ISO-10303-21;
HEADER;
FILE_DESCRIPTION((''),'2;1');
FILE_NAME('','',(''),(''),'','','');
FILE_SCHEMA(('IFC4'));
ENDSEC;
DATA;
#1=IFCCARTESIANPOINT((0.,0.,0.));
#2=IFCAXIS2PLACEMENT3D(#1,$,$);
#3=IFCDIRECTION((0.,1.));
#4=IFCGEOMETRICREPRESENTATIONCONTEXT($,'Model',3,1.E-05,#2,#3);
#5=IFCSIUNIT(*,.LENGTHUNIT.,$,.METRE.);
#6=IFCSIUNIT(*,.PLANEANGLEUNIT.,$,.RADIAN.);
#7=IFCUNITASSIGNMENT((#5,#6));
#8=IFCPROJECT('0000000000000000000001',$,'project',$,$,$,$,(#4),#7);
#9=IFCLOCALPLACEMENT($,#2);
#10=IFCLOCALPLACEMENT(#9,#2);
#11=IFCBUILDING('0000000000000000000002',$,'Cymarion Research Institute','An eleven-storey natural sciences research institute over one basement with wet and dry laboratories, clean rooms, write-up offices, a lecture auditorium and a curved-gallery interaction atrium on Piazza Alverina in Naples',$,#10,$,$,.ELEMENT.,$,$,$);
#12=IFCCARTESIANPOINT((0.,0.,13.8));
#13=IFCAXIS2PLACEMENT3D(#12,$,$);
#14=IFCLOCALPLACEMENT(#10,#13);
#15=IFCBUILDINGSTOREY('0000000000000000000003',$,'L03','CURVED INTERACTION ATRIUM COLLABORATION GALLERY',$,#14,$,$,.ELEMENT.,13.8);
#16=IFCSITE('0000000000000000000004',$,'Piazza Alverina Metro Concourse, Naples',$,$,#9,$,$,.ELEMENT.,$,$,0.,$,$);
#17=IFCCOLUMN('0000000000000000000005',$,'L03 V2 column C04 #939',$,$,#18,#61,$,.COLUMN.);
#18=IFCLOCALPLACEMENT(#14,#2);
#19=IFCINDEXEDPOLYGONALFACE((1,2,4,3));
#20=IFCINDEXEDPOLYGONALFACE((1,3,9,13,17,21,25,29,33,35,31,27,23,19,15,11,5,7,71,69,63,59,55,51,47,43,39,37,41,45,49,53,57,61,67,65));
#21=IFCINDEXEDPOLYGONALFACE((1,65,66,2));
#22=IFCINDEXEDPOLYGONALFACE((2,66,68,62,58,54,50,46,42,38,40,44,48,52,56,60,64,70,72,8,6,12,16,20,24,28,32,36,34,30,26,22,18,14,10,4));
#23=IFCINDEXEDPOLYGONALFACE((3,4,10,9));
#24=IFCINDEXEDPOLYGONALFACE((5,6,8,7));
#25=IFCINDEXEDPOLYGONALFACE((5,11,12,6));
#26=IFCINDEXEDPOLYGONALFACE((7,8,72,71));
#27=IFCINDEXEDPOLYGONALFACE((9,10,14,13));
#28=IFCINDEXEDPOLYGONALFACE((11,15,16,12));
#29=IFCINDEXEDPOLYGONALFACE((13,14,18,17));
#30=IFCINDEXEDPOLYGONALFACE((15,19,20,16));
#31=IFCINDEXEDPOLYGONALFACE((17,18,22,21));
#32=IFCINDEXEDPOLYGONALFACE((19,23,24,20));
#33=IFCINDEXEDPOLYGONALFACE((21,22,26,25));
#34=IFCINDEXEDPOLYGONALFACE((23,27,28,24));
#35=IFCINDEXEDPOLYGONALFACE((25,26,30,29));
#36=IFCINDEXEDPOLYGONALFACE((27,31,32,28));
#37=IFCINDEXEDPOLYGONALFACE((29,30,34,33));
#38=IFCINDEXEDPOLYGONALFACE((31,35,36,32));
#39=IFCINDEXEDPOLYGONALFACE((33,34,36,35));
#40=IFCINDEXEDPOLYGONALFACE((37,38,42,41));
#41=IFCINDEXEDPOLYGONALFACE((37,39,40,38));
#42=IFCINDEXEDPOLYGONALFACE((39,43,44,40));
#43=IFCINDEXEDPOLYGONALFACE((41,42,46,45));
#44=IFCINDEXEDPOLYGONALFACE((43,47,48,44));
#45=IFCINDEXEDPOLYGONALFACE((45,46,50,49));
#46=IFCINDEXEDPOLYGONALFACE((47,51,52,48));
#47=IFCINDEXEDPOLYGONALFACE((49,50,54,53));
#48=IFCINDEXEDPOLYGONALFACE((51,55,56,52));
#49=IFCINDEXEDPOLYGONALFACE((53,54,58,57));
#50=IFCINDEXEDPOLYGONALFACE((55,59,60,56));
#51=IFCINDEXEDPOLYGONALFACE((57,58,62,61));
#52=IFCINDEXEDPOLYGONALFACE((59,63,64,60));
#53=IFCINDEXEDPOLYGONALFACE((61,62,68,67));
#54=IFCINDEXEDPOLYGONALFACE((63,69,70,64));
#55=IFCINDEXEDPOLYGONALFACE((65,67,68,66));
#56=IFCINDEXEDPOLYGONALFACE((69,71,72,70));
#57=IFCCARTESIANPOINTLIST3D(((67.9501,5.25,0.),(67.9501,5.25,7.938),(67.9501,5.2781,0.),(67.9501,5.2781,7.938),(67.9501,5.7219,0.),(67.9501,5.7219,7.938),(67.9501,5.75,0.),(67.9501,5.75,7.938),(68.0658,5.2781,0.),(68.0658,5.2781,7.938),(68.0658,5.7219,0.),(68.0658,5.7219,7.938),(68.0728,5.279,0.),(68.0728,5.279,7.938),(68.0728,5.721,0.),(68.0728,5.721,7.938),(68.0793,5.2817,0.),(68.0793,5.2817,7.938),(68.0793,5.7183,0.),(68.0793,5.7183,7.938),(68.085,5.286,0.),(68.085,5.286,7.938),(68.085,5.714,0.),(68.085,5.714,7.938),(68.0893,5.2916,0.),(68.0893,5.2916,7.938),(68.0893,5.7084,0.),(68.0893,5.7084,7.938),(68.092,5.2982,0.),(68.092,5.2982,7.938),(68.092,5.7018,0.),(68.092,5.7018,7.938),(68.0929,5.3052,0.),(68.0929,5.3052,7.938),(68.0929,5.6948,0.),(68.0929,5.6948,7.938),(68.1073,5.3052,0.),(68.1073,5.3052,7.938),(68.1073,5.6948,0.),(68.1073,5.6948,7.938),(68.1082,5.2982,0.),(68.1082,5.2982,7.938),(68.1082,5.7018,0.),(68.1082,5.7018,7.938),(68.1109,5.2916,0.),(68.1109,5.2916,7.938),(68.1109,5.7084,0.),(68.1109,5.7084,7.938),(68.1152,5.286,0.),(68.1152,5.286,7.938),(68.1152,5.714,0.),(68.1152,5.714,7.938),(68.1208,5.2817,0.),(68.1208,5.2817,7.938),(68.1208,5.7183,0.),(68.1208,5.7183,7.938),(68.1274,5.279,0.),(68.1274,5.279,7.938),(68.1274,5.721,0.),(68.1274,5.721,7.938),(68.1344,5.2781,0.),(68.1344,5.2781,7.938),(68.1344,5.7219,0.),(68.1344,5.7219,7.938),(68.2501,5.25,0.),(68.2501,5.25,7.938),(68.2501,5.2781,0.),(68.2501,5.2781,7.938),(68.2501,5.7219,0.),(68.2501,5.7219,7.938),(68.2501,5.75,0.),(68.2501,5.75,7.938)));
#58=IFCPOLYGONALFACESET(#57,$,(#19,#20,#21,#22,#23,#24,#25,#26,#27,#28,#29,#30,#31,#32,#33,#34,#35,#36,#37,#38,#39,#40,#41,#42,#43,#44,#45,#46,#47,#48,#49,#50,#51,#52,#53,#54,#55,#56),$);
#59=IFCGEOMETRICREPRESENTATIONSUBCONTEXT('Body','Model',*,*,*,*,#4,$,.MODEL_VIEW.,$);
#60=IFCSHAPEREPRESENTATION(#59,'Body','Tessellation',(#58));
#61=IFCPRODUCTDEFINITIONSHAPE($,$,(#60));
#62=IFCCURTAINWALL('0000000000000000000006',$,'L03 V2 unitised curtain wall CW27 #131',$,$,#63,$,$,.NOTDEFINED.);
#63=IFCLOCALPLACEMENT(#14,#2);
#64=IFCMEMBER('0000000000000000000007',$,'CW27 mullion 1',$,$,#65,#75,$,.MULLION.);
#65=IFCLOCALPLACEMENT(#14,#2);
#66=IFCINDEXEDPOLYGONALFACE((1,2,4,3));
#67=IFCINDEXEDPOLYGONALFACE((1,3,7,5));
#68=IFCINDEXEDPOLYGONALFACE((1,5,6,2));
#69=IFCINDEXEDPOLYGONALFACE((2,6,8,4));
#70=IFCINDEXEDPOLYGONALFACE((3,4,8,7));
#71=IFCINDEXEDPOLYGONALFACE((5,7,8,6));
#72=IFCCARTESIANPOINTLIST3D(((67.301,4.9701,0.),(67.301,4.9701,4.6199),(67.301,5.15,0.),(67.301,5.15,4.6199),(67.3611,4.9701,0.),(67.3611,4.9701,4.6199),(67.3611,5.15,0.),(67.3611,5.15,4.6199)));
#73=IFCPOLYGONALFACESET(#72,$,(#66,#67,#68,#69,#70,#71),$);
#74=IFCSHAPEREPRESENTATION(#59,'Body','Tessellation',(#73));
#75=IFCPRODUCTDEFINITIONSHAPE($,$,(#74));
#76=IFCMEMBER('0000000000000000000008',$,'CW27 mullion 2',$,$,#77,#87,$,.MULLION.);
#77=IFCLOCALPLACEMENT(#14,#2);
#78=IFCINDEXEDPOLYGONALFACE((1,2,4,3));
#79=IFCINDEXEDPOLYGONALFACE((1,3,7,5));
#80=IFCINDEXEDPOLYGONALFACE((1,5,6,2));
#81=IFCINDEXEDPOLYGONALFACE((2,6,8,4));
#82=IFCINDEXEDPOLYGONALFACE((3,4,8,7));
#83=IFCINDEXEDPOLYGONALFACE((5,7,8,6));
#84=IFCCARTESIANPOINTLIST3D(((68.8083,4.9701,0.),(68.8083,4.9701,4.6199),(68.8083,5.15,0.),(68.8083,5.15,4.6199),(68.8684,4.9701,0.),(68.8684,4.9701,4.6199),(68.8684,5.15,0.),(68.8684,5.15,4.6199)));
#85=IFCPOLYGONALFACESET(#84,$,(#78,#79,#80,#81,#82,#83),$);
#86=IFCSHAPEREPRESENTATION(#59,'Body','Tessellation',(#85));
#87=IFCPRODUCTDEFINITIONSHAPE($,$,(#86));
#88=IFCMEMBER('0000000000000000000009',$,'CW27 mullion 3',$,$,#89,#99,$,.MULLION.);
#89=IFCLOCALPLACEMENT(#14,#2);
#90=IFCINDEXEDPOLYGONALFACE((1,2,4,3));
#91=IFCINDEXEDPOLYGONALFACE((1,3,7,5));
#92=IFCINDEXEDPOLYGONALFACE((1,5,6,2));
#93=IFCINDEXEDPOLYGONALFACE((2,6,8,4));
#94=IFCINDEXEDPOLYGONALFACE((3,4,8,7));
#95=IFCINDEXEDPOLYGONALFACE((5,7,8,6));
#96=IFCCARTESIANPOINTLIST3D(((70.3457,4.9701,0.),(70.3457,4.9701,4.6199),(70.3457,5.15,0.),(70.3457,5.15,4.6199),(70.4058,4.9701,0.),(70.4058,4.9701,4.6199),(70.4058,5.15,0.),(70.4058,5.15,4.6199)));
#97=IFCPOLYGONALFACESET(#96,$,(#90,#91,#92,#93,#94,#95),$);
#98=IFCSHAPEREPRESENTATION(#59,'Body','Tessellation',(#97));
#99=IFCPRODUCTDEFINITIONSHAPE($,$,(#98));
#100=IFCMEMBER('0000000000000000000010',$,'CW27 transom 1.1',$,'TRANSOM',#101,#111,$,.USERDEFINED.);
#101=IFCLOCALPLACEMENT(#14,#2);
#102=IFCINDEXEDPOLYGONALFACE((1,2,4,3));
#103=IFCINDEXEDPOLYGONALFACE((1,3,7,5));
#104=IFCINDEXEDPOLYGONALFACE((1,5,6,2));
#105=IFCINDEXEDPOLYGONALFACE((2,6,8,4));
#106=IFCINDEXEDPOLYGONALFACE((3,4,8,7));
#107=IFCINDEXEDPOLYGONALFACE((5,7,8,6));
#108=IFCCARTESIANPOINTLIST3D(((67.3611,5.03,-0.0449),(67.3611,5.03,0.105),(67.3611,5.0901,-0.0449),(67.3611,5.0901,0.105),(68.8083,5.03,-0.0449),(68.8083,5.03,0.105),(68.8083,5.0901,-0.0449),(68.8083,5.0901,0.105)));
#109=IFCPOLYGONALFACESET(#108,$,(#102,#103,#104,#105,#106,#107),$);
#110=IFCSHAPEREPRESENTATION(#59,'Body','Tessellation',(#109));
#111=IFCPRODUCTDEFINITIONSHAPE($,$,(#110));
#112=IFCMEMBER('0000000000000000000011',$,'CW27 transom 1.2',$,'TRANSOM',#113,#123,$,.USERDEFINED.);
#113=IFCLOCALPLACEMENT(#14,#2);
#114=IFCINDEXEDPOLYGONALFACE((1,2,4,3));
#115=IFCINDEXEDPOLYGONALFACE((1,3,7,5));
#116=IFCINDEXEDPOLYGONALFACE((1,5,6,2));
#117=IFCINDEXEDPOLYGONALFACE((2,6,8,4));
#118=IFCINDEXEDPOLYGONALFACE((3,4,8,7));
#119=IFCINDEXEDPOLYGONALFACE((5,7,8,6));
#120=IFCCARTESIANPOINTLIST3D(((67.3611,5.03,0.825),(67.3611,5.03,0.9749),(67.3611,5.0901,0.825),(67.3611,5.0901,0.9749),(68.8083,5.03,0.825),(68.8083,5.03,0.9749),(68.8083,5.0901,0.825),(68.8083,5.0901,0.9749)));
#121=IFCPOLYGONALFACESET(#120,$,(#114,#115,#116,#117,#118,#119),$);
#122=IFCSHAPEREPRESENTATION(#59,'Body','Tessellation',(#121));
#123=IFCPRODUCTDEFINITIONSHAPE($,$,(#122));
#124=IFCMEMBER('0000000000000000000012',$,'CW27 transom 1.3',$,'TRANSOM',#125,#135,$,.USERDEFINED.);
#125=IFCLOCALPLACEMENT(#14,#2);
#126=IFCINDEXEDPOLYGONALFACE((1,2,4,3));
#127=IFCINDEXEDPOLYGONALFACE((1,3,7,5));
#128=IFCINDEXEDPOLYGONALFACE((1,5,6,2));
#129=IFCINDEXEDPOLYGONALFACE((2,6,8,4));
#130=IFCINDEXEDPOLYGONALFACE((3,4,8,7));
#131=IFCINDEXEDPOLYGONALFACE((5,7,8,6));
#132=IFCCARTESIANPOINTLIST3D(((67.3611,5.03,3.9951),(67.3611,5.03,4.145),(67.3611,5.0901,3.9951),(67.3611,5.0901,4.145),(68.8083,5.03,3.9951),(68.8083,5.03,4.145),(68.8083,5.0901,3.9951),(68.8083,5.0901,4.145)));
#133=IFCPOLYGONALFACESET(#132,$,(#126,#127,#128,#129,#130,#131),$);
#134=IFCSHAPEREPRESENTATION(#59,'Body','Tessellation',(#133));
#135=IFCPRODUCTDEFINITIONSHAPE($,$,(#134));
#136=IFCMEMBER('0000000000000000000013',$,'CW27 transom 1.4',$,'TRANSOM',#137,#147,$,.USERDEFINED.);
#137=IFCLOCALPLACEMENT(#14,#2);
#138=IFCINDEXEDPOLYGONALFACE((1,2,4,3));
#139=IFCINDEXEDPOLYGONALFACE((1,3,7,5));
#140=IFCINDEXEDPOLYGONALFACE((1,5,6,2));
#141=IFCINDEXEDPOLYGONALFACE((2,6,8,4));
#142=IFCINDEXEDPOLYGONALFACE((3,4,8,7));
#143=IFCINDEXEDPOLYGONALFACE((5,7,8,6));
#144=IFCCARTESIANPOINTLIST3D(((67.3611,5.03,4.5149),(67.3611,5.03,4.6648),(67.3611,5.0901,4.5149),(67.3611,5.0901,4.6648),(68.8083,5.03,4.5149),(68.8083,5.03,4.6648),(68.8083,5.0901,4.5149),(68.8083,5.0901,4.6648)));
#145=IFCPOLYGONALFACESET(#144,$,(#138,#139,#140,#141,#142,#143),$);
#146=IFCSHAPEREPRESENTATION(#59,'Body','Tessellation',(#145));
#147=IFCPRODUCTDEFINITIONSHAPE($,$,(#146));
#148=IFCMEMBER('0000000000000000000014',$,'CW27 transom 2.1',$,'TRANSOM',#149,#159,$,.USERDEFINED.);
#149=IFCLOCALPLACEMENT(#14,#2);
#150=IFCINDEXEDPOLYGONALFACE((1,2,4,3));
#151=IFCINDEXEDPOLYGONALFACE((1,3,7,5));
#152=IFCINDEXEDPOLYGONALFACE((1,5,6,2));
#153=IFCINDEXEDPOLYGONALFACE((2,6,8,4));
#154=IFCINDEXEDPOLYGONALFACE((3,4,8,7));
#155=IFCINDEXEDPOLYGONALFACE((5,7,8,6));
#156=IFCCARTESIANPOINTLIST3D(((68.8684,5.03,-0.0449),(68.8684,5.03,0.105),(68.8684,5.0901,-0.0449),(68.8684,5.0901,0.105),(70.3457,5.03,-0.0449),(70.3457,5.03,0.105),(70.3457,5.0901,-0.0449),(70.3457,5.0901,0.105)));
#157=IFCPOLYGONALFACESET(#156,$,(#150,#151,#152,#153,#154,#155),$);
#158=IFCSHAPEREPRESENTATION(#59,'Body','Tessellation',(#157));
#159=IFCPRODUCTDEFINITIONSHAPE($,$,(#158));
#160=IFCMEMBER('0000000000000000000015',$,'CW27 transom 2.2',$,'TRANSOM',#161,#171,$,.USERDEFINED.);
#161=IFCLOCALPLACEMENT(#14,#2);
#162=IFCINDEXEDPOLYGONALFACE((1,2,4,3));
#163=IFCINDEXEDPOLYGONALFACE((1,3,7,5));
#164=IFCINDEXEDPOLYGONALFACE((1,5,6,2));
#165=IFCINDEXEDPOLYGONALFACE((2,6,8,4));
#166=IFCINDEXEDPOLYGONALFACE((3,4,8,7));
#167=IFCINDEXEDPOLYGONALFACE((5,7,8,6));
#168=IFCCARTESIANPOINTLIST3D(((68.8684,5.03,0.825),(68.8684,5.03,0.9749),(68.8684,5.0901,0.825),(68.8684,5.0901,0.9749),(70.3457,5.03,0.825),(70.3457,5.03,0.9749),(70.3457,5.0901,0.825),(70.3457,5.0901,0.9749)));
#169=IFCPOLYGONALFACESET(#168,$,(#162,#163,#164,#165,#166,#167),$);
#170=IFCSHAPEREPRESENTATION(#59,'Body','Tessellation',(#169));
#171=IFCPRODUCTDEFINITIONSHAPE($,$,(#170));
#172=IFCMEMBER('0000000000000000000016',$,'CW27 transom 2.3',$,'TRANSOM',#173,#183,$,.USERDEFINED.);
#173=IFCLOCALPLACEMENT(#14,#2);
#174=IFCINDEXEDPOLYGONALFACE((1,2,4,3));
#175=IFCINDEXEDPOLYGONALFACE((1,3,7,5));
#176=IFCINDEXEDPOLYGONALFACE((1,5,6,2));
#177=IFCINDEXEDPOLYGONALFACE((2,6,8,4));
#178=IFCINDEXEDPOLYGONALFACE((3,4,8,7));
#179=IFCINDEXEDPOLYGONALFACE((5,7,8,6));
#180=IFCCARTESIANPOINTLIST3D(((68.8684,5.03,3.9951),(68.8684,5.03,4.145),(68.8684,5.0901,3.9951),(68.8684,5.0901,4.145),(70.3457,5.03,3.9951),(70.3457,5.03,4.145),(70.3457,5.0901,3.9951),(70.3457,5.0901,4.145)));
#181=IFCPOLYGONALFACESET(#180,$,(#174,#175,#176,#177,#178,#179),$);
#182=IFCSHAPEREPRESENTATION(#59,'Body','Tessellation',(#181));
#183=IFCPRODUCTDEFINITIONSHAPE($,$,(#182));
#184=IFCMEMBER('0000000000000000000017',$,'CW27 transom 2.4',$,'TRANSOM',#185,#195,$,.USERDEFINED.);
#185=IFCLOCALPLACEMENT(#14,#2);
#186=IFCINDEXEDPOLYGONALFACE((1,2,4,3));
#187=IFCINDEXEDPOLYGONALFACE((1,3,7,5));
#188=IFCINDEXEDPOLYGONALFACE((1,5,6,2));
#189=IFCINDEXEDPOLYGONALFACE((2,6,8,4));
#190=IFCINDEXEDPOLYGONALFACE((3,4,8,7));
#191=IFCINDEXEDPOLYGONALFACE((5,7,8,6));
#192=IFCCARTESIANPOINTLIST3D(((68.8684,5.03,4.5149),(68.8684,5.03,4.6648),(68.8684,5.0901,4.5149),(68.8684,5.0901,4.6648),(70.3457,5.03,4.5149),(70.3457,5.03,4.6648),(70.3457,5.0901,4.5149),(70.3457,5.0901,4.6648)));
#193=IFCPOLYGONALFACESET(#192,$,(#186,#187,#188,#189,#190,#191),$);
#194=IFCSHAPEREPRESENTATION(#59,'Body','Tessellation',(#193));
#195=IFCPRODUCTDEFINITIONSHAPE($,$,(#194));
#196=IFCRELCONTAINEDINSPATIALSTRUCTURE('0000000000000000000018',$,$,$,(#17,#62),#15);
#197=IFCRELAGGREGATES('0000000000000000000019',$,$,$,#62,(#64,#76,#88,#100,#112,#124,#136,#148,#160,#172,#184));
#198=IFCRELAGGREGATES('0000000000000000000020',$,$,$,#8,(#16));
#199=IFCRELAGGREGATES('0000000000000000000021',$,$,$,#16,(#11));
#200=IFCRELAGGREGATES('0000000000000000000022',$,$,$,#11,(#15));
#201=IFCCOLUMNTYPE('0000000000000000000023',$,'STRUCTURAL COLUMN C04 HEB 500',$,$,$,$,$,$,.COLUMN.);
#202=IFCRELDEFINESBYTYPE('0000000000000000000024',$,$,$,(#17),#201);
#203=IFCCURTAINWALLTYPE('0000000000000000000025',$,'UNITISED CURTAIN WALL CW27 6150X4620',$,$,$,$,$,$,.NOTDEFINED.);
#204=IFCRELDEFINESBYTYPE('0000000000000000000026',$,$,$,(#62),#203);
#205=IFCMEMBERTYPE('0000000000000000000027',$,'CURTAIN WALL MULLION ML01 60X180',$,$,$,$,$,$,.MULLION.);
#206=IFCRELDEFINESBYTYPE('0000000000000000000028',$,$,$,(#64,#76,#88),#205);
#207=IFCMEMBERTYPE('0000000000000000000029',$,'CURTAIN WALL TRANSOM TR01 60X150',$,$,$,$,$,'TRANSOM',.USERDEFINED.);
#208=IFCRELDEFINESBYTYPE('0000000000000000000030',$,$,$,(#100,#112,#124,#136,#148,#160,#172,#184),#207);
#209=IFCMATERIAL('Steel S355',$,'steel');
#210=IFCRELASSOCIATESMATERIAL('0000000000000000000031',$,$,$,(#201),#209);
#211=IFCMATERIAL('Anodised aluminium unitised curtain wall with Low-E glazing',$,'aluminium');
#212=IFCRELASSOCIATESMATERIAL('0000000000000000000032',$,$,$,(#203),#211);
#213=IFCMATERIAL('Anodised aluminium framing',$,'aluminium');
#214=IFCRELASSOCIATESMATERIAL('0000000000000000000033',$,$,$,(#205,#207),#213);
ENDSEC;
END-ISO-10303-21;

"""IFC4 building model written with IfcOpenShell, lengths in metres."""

from ifc_helpers import new_model, si_unit, direction, frame, origin, origin_2d, place, context, subcontext, project, spatial, rectangle, i_section, extrude, material, material_profile, profile_set, type_object, element, aggregate, save


model = new_model("IFC4")

# Units and contexts
model_context = context("Model", 3, precision=1e-05, world=origin(), true_north=direction((0.0, 1.0)))
body_context = subcontext(model_context, "Body", "Model", "MODEL_VIEW")
ifc_project = project(units=[si_unit("LENGTHUNIT", "METRE"), si_unit("PLANEANGLEUNIT", "RADIAN")], contexts=[model_context])

# Site, building, storey
site_placement = place(None, origin())
site = spatial("IfcSite", under=ifc_project, at=site_placement, Name="Piazza Alverina Metro Concourse, Naples", CompositionType="ELEMENT", RefElevation=0.0)
building_placement = place(site_placement, origin())
building = spatial("IfcBuilding", under=site, at=building_placement, Name="Cymarion Research Institute", Description="An eleven-storey natural sciences research institute over one basement with wet and dry laboratories, clean rooms, write-up offices, a lecture auditorium and a curved-gallery interaction atrium on Piazza Alverina in Naples", CompositionType="ELEMENT")
storey_placement = place(building_placement, frame((0.0, 0.0, 13.8)))
storey = spatial("IfcBuildingStorey", under=building, at=storey_placement, Name="L03", Description="CURVED INTERACTION ATRIUM COLLABORATION GALLERY", CompositionType="ELEMENT", Elevation=13.8)

# Column
ifc_material_1 = material(Name="Steel S355", Category="steel")
ifc_material_profile_1 = material_profile(ifc_material_1, i_section(OverallWidth=0.3, OverallDepth=0.5, WebThickness=0.0144, FlangeThickness=0.0281, FilletRadius=0.0271, at=origin_2d()), Name="HEB 500")
ifc_profile_set_1 = profile_set([ifc_material_profile_1], Name="Steel S355")
column_type = type_object("IfcColumnType", Name="STRUCTURAL COLUMN C04 HEB 500", PredefinedType="COLUMN", material=ifc_profile_set_1)
column_placement = place(storey_placement, frame((68.1001, 5.5, 0.0), z_axis=(0.0, 0.0, 1.0), x_axis=(1.0, 0.0, 0.0)))
element("IfcColumn", 1, at=column_placement, inside=storey, type_object=column_type, Name="L03 V2 column C04 #939", PredefinedType="COLUMN", context=body_context, shape_type="SweptSolid", body=[
    extrude(i_section(OverallWidth=0.3, OverallDepth=0.5, WebThickness=0.0144, FlangeThickness=0.0281, FilletRadius=0.0271, at=origin_2d()), origin(), (0.0, 0.0, 1.0), 7.938),
])

# Curtain wall, members
ifc_material_2 = material(Name="Anodised aluminium unitised curtain wall with Low-E glazing", Category="aluminium")
curtain_wall_type = type_object("IfcCurtainWallType", Name="UNITISED CURTAIN WALL CW27 6150X4620", PredefinedType="NOTDEFINED", material=ifc_material_2)
curtain_wall_placement = place(storey_placement, origin())
curtain_wall = element("IfcCurtainWall", 2, at=curtain_wall_placement, inside=storey, type_object=curtain_wall_type, Name="L03 V2 unitised curtain wall CW27 #131", PredefinedType="NOTDEFINED")
ifc_material_3 = material(Name="Anodised aluminium framing", Category="aluminium")
ifc_material_profile_2 = material_profile(ifc_material_3, rectangle(XDim=0.0601, YDim=0.1799, at=origin_2d()), Name="ALU MULLION 60x180")
ifc_profile_set_2 = profile_set([ifc_material_profile_2], Name="Anodised aluminium framing")
member_type_1 = type_object("IfcMemberType", Name="CURTAIN WALL MULLION ML01 60X180", PredefinedType="MULLION", material=ifc_profile_set_2)
member_1_placement = place(storey_placement, frame((67.3311, 5.0601, 0.0), z_axis=(0.0, 0.0, 1.0), x_axis=(1.0, 0.0, 0.0)))
member_1 = element("IfcMember", 3, at=member_1_placement, type_object=member_type_1, Name="CW27 mullion 1", PredefinedType="MULLION", context=body_context, shape_type="SweptSolid", body=[
    extrude(rectangle(XDim=0.0601, YDim=0.1799, at=origin_2d()), origin(), (0.0, 0.0, 1.0), 4.6199),
])
member_2_placement = place(storey_placement, frame((68.8384, 5.0601, 0.0), z_axis=(0.0, 0.0, 1.0), x_axis=(1.0, 0.0, 0.0)))
member_2 = element("IfcMember", 4, at=member_2_placement, type_object=member_type_1, Name="CW27 mullion 2", PredefinedType="MULLION", context=body_context, shape_type="SweptSolid", body=[
    extrude(rectangle(XDim=0.0601, YDim=0.1799, at=origin_2d()), origin(), (0.0, 0.0, 1.0), 4.6199),
])
member_3_placement = place(storey_placement, frame((70.3757, 5.0601, 0.0), z_axis=(0.0, 0.0, 1.0), x_axis=(1.0, 0.0, 0.0)))
member_3 = element("IfcMember", 5, at=member_3_placement, type_object=member_type_1, Name="CW27 mullion 3", PredefinedType="MULLION", context=body_context, shape_type="SweptSolid", body=[
    extrude(rectangle(XDim=0.0601, YDim=0.1799, at=origin_2d()), origin(), (0.0, 0.0, 1.0), 4.6199),
])
ifc_material_profile_3 = material_profile(ifc_material_3, rectangle(XDim=0.0601, YDim=0.1499, at=origin_2d()), Name="ALU TRANSOM 60x150")
ifc_profile_set_3 = profile_set([ifc_material_profile_3], Name="Anodised aluminium framing")
member_type_2 = type_object("IfcMemberType", Name="CURTAIN WALL TRANSOM TR01 60X150", ElementType="TRANSOM", PredefinedType="USERDEFINED", material=ifc_profile_set_3)
member_4_placement = place(storey_placement, frame((67.3611, 5.0601, 0.03), z_axis=(1.0, 0.0, 0.0), x_axis=(0.0, 1.0, 0.0)))
member_4 = element("IfcMember", 6, at=member_4_placement, type_object=member_type_2, Name="CW27 transom 1.1", ObjectType="TRANSOM", PredefinedType="USERDEFINED", context=body_context, shape_type="SweptSolid", body=[
    extrude(rectangle(XDim=0.0601, YDim=0.1499, at=origin_2d()), origin(), (0.0, 0.0, 1.0), 1.4473),
])
member_5_placement = place(storey_placement, frame((67.3611, 5.0601, 0.8999), z_axis=(1.0, 0.0, 0.0), x_axis=(0.0, 1.0, 0.0)))
member_5 = element("IfcMember", 7, at=member_5_placement, type_object=member_type_2, Name="CW27 transom 1.2", ObjectType="TRANSOM", PredefinedType="USERDEFINED", context=body_context, shape_type="SweptSolid", body=[
    extrude(rectangle(XDim=0.0601, YDim=0.1499, at=origin_2d()), origin(), (0.0, 0.0, 1.0), 1.4473),
])
member_6_placement = place(storey_placement, frame((67.3611, 5.0601, 4.0701), z_axis=(1.0, 0.0, 0.0), x_axis=(0.0, 1.0, 0.0)))
member_6 = element("IfcMember", 8, at=member_6_placement, type_object=member_type_2, Name="CW27 transom 1.3", ObjectType="TRANSOM", PredefinedType="USERDEFINED", context=body_context, shape_type="SweptSolid", body=[
    extrude(rectangle(XDim=0.0601, YDim=0.1499, at=origin_2d()), origin(), (0.0, 0.0, 1.0), 1.4473),
])
member_7_placement = place(storey_placement, frame((67.3611, 5.0601, 4.5898), z_axis=(1.0, 0.0, 0.0), x_axis=(0.0, 1.0, 0.0)))
member_7 = element("IfcMember", 9, at=member_7_placement, type_object=member_type_2, Name="CW27 transom 1.4", ObjectType="TRANSOM", PredefinedType="USERDEFINED", context=body_context, shape_type="SweptSolid", body=[
    extrude(rectangle(XDim=0.0601, YDim=0.1499, at=origin_2d()), origin(), (0.0, 0.0, 1.0), 1.4473),
])
member_8_placement = place(storey_placement, frame((68.8684, 5.0601, 0.03), z_axis=(1.0, 0.0, 0.0), x_axis=(0.0, 1.0, 0.0)))
member_8 = element("IfcMember", 10, at=member_8_placement, type_object=member_type_2, Name="CW27 transom 2.1", ObjectType="TRANSOM", PredefinedType="USERDEFINED", context=body_context, shape_type="SweptSolid", body=[
    extrude(rectangle(XDim=0.0601, YDim=0.1499, at=origin_2d()), origin(), (0.0, 0.0, 1.0), 1.4773),
])
member_9_placement = place(storey_placement, frame((68.8684, 5.0601, 0.8999), z_axis=(1.0, 0.0, 0.0), x_axis=(0.0, 1.0, 0.0)))
member_9 = element("IfcMember", 11, at=member_9_placement, type_object=member_type_2, Name="CW27 transom 2.2", ObjectType="TRANSOM", PredefinedType="USERDEFINED", context=body_context, shape_type="SweptSolid", body=[
    extrude(rectangle(XDim=0.0601, YDim=0.1499, at=origin_2d()), origin(), (0.0, 0.0, 1.0), 1.4773),
])
member_10_placement = place(storey_placement, frame((68.8684, 5.0601, 4.0701), z_axis=(1.0, 0.0, 0.0), x_axis=(0.0, 1.0, 0.0)))
member_10 = element("IfcMember", 12, at=member_10_placement, type_object=member_type_2, Name="CW27 transom 2.3", ObjectType="TRANSOM", PredefinedType="USERDEFINED", context=body_context, shape_type="SweptSolid", body=[
    extrude(rectangle(XDim=0.0601, YDim=0.1499, at=origin_2d()), origin(), (0.0, 0.0, 1.0), 1.4773),
])
member_11_placement = place(storey_placement, frame((68.8684, 5.0601, 4.5898), z_axis=(1.0, 0.0, 0.0), x_axis=(0.0, 1.0, 0.0)))
member_11 = element("IfcMember", 13, at=member_11_placement, type_object=member_type_2, Name="CW27 transom 2.4", ObjectType="TRANSOM", PredefinedType="USERDEFINED", context=body_context, shape_type="SweptSolid", body=[
    extrude(rectangle(XDim=0.0601, YDim=0.1499, at=origin_2d()), origin(), (0.0, 0.0, 1.0), 1.4773),
])

aggregate(curtain_wall, [member_1, member_2, member_3, member_4, member_5, member_6, member_7, member_8, member_9, member_10, member_11])

save(model, "model.ifc")
